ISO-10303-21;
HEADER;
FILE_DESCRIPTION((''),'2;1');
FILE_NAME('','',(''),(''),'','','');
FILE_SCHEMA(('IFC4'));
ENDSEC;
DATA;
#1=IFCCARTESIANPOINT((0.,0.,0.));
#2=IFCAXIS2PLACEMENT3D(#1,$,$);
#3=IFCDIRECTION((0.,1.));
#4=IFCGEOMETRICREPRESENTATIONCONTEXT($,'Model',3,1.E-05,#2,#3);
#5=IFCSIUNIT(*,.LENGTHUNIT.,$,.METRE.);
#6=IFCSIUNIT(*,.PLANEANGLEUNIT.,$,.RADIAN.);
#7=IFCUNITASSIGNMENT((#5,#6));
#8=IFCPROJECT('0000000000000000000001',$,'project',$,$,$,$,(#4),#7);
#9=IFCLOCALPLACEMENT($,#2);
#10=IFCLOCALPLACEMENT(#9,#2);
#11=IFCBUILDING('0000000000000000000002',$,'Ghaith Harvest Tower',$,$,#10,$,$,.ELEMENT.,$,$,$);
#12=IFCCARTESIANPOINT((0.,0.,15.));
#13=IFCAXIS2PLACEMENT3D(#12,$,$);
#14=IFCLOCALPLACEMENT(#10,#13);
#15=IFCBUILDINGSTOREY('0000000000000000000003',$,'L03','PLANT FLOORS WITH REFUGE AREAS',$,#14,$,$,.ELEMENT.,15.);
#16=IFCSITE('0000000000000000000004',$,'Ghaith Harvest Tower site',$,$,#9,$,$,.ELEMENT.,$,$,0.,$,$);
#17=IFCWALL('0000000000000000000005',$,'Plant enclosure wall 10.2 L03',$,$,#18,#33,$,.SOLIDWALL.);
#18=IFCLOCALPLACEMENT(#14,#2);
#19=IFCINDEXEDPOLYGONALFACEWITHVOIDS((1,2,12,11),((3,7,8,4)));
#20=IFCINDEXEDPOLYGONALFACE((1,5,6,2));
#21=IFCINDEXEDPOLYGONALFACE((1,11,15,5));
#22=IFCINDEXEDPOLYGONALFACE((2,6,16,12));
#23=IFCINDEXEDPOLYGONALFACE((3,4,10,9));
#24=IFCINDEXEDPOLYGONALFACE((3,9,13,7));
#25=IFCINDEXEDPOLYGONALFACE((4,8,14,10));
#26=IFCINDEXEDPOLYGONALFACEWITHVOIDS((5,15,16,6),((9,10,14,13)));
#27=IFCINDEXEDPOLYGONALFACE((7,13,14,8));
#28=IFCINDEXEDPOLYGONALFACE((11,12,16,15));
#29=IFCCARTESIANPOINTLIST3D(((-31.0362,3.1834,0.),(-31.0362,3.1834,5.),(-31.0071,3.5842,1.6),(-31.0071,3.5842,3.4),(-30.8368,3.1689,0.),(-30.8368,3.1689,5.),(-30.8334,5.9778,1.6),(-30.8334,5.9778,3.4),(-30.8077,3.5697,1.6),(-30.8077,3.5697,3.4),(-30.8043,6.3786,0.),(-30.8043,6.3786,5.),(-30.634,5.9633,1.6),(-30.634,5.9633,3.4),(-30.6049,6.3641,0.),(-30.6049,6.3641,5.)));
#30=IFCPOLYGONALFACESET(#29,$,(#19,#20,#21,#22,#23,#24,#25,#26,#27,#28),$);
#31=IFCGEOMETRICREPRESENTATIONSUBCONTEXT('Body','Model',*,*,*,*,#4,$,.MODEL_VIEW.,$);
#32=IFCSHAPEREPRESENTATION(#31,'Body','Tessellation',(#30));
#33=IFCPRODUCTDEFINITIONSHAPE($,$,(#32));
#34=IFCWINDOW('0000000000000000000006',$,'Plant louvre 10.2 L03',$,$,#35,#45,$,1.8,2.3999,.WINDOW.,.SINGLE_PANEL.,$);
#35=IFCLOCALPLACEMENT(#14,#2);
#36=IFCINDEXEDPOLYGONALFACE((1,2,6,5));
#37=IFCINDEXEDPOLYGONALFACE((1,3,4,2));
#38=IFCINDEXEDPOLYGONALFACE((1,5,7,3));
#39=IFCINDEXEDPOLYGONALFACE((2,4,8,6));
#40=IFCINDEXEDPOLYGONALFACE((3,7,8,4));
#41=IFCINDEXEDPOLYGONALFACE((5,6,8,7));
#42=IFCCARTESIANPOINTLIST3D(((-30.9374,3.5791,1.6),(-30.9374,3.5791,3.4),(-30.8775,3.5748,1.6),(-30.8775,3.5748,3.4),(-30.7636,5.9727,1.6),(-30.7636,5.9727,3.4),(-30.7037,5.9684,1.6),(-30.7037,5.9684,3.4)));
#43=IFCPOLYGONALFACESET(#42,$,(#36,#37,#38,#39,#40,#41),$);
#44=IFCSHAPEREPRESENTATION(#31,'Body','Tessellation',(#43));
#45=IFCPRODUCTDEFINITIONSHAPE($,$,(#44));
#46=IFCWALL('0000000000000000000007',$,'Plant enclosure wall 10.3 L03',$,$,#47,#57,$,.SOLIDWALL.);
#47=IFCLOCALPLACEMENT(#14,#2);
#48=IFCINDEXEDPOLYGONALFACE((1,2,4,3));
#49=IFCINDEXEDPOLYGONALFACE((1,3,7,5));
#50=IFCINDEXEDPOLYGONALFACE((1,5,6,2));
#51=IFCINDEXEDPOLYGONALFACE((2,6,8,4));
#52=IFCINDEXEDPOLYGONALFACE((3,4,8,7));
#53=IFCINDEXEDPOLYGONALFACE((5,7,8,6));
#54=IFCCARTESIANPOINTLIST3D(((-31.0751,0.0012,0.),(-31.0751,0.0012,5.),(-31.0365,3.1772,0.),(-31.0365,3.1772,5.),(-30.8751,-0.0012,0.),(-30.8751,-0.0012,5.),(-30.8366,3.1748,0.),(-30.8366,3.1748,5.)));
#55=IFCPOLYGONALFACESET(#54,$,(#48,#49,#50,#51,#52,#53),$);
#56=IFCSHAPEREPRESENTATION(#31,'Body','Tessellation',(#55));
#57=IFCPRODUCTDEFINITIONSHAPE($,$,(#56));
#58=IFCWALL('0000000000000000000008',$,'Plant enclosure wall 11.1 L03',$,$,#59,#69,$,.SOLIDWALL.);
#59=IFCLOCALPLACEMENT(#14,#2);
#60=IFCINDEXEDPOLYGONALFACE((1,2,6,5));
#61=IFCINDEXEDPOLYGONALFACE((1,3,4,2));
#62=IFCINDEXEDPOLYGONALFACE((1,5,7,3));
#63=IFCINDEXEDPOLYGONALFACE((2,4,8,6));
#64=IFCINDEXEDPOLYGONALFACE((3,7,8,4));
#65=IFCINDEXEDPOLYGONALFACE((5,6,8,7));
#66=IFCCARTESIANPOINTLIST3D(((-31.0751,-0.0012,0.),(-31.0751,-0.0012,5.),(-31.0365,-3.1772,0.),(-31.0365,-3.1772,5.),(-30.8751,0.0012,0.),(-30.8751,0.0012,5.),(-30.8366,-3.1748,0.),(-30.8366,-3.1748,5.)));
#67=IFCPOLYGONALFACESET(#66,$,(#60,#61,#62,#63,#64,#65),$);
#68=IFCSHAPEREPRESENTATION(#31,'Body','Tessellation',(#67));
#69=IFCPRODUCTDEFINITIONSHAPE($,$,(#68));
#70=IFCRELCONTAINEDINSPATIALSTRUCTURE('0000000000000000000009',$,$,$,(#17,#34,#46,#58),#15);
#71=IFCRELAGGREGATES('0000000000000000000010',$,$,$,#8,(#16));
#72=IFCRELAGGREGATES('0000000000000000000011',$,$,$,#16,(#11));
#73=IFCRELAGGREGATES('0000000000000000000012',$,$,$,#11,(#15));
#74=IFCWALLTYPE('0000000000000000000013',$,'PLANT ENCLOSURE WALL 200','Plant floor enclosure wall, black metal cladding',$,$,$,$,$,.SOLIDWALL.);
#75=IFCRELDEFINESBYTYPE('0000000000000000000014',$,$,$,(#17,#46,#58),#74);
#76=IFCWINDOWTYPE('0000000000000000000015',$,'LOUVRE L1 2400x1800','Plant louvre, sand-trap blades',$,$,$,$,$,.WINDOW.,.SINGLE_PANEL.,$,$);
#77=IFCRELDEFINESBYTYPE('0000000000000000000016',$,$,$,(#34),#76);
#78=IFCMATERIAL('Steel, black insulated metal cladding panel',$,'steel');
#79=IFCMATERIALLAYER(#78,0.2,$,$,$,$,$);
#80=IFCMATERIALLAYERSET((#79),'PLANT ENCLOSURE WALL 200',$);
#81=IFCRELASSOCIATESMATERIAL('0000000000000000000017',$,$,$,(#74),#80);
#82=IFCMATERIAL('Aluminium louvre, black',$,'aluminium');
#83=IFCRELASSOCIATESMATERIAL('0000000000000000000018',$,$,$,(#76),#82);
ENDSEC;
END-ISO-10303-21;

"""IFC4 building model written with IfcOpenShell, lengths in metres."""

from ifc_helpers import new_model, si_unit, direction, frame, frame_2d, origin, place, context, subcontext, project, spatial, rectangle, extrude, material, layer, layer_set, type_object, element, fill, save


model = new_model("IFC4")

# Units and contexts
model_context = context("Model", 3, precision=1e-05, world=origin(), true_north=direction((0.0, 1.0)))
body_context = subcontext(model_context, "Body", "Model", "MODEL_VIEW")
ifc_project = project(units=[si_unit("LENGTHUNIT", "METRE"), si_unit("PLANEANGLEUNIT", "RADIAN")], contexts=[model_context])

# Site, building, storey
site_placement = place(None, origin())
site = spatial("IfcSite", under=ifc_project, at=site_placement, Name="Ghaith Harvest Tower site", CompositionType="ELEMENT", RefElevation=0.0)
building_placement = place(site_placement, origin())
building = spatial("IfcBuilding", under=site, at=building_placement, Name="Ghaith Harvest Tower", CompositionType="ELEMENT")
storey_placement = place(building_placement, frame((0.0, 0.0, 15.0)))
storey = spatial("IfcBuildingStorey", under=building, at=storey_placement, Name="L03", Description="PLANT FLOORS WITH REFUGE AREAS", CompositionType="ELEMENT", Elevation=15.0)

# Wall, opening, window
ifc_material_1 = material(Name="Steel, black insulated metal cladding panel", Category="steel")
ifc_layer_1 = layer(ifc_material_1, 0.2)
ifc_layer_set_1 = layer_set([ifc_layer_1], Name="PLANT ENCLOSURE WALL 200")
wall_type_1 = type_object("IfcWallType", Name="PLANT ENCLOSURE WALL 200", Description="Plant floor enclosure wall, black metal cladding", PredefinedType="SOLIDWALL", material=ifc_layer_set_1)
ifc_material_2 = material(Name="Aluminium louvre, black", Category="aluminium")
window_type = type_object("IfcWindowType", Name="LOUVRE L1 2400x1800", Description="Plant louvre, sand-trap blades", PartitioningType="SINGLE_PANEL", PredefinedType="WINDOW", material=ifc_material_2)
wall_1_placement = place(storey_placement, frame((-30.7046, 6.3713, 0.0), z_axis=(0.0, 0.0, 1.0), x_axis=(-0.072395, -0.997376, 0.0)))
wall_1 = element("IfcWall", 1, at=wall_1_placement, inside=storey, type_object=wall_type_1, Name="Plant enclosure wall 10.2 L03", PredefinedType="SOLIDWALL", context=body_context, shape_type="SweptSolid", body=[
    extrude(rectangle(XDim=3.2036, YDim=0.2, at=frame_2d((1.6018, 0.0))), origin(), (0.0, 0.0, 1.0), 5.0),
])
opening_1_placement = place(wall_1_placement, frame((0.4019, 0.0, 1.6001)))
opening_1 = element("IfcOpeningElement", 2, at=opening_1_placement, cuts=wall_1, PredefinedType="OPENING", context=body_context, shape_type="SweptSolid", body=[
    extrude(rectangle(XDim=2.3999, YDim=1.8, at=frame_2d((1.2, 0.8999))), frame((0.0, 0.1099, 0.0), z_axis=(0.0, -1.0, 0.0), x_axis=(1.0, 0.0, 0.0)), (0.0, 0.0, 1.0), 0.22),
])
window_1_placement = place(opening_1_placement, origin())
window_1 = element("IfcWindow", 3, at=window_1_placement, inside=storey, type_object=window_type, Name="Plant louvre 10.2 L03", OverallHeight=1.8, OverallWidth=2.3999, PartitioningType="SINGLE_PANEL", PredefinedType="WINDOW", context=body_context, shape_type="SweptSolid", body=[
    extrude(rectangle(XDim=2.3999, YDim=1.8, at=frame_2d((1.2, 0.8999))), frame((0.0, 0.03, 0.0), z_axis=(0.0, -1.0, 0.0), x_axis=(1.0, 0.0, 0.0)), (0.0, 0.0, 1.0), 0.0601),
])
fill(opening_1, window_1)

# Walls
for number, where, z_axis, x_axis, name in (
    (4, (-30.9365, 3.176, 0.0), (0.0, 0.0, 1.0), (-0.012145, -0.999926, 0.0), "Plant enclosure wall 10.3 L03"),
    (5, (-30.9751, 0.0, 0.0), (0.0, 0.0, 1.0), (0.012145, -0.999926, 0.0), "Plant enclosure wall 11.1 L03"),
):
    element("IfcWall", number, at=place(storey_placement, frame(where, z_axis=z_axis, x_axis=x_axis)), inside=storey, type_object=wall_type_1, Name=name, PredefinedType="SOLIDWALL", context=body_context, shape_type="SweptSolid", body=[
        extrude(rectangle(XDim=3.1763, YDim=0.2, at=frame_2d((1.5881, 0.0))), origin(), (0.0, 0.0, 1.0), 5.0),
    ])

save(model, "model.ifc")
